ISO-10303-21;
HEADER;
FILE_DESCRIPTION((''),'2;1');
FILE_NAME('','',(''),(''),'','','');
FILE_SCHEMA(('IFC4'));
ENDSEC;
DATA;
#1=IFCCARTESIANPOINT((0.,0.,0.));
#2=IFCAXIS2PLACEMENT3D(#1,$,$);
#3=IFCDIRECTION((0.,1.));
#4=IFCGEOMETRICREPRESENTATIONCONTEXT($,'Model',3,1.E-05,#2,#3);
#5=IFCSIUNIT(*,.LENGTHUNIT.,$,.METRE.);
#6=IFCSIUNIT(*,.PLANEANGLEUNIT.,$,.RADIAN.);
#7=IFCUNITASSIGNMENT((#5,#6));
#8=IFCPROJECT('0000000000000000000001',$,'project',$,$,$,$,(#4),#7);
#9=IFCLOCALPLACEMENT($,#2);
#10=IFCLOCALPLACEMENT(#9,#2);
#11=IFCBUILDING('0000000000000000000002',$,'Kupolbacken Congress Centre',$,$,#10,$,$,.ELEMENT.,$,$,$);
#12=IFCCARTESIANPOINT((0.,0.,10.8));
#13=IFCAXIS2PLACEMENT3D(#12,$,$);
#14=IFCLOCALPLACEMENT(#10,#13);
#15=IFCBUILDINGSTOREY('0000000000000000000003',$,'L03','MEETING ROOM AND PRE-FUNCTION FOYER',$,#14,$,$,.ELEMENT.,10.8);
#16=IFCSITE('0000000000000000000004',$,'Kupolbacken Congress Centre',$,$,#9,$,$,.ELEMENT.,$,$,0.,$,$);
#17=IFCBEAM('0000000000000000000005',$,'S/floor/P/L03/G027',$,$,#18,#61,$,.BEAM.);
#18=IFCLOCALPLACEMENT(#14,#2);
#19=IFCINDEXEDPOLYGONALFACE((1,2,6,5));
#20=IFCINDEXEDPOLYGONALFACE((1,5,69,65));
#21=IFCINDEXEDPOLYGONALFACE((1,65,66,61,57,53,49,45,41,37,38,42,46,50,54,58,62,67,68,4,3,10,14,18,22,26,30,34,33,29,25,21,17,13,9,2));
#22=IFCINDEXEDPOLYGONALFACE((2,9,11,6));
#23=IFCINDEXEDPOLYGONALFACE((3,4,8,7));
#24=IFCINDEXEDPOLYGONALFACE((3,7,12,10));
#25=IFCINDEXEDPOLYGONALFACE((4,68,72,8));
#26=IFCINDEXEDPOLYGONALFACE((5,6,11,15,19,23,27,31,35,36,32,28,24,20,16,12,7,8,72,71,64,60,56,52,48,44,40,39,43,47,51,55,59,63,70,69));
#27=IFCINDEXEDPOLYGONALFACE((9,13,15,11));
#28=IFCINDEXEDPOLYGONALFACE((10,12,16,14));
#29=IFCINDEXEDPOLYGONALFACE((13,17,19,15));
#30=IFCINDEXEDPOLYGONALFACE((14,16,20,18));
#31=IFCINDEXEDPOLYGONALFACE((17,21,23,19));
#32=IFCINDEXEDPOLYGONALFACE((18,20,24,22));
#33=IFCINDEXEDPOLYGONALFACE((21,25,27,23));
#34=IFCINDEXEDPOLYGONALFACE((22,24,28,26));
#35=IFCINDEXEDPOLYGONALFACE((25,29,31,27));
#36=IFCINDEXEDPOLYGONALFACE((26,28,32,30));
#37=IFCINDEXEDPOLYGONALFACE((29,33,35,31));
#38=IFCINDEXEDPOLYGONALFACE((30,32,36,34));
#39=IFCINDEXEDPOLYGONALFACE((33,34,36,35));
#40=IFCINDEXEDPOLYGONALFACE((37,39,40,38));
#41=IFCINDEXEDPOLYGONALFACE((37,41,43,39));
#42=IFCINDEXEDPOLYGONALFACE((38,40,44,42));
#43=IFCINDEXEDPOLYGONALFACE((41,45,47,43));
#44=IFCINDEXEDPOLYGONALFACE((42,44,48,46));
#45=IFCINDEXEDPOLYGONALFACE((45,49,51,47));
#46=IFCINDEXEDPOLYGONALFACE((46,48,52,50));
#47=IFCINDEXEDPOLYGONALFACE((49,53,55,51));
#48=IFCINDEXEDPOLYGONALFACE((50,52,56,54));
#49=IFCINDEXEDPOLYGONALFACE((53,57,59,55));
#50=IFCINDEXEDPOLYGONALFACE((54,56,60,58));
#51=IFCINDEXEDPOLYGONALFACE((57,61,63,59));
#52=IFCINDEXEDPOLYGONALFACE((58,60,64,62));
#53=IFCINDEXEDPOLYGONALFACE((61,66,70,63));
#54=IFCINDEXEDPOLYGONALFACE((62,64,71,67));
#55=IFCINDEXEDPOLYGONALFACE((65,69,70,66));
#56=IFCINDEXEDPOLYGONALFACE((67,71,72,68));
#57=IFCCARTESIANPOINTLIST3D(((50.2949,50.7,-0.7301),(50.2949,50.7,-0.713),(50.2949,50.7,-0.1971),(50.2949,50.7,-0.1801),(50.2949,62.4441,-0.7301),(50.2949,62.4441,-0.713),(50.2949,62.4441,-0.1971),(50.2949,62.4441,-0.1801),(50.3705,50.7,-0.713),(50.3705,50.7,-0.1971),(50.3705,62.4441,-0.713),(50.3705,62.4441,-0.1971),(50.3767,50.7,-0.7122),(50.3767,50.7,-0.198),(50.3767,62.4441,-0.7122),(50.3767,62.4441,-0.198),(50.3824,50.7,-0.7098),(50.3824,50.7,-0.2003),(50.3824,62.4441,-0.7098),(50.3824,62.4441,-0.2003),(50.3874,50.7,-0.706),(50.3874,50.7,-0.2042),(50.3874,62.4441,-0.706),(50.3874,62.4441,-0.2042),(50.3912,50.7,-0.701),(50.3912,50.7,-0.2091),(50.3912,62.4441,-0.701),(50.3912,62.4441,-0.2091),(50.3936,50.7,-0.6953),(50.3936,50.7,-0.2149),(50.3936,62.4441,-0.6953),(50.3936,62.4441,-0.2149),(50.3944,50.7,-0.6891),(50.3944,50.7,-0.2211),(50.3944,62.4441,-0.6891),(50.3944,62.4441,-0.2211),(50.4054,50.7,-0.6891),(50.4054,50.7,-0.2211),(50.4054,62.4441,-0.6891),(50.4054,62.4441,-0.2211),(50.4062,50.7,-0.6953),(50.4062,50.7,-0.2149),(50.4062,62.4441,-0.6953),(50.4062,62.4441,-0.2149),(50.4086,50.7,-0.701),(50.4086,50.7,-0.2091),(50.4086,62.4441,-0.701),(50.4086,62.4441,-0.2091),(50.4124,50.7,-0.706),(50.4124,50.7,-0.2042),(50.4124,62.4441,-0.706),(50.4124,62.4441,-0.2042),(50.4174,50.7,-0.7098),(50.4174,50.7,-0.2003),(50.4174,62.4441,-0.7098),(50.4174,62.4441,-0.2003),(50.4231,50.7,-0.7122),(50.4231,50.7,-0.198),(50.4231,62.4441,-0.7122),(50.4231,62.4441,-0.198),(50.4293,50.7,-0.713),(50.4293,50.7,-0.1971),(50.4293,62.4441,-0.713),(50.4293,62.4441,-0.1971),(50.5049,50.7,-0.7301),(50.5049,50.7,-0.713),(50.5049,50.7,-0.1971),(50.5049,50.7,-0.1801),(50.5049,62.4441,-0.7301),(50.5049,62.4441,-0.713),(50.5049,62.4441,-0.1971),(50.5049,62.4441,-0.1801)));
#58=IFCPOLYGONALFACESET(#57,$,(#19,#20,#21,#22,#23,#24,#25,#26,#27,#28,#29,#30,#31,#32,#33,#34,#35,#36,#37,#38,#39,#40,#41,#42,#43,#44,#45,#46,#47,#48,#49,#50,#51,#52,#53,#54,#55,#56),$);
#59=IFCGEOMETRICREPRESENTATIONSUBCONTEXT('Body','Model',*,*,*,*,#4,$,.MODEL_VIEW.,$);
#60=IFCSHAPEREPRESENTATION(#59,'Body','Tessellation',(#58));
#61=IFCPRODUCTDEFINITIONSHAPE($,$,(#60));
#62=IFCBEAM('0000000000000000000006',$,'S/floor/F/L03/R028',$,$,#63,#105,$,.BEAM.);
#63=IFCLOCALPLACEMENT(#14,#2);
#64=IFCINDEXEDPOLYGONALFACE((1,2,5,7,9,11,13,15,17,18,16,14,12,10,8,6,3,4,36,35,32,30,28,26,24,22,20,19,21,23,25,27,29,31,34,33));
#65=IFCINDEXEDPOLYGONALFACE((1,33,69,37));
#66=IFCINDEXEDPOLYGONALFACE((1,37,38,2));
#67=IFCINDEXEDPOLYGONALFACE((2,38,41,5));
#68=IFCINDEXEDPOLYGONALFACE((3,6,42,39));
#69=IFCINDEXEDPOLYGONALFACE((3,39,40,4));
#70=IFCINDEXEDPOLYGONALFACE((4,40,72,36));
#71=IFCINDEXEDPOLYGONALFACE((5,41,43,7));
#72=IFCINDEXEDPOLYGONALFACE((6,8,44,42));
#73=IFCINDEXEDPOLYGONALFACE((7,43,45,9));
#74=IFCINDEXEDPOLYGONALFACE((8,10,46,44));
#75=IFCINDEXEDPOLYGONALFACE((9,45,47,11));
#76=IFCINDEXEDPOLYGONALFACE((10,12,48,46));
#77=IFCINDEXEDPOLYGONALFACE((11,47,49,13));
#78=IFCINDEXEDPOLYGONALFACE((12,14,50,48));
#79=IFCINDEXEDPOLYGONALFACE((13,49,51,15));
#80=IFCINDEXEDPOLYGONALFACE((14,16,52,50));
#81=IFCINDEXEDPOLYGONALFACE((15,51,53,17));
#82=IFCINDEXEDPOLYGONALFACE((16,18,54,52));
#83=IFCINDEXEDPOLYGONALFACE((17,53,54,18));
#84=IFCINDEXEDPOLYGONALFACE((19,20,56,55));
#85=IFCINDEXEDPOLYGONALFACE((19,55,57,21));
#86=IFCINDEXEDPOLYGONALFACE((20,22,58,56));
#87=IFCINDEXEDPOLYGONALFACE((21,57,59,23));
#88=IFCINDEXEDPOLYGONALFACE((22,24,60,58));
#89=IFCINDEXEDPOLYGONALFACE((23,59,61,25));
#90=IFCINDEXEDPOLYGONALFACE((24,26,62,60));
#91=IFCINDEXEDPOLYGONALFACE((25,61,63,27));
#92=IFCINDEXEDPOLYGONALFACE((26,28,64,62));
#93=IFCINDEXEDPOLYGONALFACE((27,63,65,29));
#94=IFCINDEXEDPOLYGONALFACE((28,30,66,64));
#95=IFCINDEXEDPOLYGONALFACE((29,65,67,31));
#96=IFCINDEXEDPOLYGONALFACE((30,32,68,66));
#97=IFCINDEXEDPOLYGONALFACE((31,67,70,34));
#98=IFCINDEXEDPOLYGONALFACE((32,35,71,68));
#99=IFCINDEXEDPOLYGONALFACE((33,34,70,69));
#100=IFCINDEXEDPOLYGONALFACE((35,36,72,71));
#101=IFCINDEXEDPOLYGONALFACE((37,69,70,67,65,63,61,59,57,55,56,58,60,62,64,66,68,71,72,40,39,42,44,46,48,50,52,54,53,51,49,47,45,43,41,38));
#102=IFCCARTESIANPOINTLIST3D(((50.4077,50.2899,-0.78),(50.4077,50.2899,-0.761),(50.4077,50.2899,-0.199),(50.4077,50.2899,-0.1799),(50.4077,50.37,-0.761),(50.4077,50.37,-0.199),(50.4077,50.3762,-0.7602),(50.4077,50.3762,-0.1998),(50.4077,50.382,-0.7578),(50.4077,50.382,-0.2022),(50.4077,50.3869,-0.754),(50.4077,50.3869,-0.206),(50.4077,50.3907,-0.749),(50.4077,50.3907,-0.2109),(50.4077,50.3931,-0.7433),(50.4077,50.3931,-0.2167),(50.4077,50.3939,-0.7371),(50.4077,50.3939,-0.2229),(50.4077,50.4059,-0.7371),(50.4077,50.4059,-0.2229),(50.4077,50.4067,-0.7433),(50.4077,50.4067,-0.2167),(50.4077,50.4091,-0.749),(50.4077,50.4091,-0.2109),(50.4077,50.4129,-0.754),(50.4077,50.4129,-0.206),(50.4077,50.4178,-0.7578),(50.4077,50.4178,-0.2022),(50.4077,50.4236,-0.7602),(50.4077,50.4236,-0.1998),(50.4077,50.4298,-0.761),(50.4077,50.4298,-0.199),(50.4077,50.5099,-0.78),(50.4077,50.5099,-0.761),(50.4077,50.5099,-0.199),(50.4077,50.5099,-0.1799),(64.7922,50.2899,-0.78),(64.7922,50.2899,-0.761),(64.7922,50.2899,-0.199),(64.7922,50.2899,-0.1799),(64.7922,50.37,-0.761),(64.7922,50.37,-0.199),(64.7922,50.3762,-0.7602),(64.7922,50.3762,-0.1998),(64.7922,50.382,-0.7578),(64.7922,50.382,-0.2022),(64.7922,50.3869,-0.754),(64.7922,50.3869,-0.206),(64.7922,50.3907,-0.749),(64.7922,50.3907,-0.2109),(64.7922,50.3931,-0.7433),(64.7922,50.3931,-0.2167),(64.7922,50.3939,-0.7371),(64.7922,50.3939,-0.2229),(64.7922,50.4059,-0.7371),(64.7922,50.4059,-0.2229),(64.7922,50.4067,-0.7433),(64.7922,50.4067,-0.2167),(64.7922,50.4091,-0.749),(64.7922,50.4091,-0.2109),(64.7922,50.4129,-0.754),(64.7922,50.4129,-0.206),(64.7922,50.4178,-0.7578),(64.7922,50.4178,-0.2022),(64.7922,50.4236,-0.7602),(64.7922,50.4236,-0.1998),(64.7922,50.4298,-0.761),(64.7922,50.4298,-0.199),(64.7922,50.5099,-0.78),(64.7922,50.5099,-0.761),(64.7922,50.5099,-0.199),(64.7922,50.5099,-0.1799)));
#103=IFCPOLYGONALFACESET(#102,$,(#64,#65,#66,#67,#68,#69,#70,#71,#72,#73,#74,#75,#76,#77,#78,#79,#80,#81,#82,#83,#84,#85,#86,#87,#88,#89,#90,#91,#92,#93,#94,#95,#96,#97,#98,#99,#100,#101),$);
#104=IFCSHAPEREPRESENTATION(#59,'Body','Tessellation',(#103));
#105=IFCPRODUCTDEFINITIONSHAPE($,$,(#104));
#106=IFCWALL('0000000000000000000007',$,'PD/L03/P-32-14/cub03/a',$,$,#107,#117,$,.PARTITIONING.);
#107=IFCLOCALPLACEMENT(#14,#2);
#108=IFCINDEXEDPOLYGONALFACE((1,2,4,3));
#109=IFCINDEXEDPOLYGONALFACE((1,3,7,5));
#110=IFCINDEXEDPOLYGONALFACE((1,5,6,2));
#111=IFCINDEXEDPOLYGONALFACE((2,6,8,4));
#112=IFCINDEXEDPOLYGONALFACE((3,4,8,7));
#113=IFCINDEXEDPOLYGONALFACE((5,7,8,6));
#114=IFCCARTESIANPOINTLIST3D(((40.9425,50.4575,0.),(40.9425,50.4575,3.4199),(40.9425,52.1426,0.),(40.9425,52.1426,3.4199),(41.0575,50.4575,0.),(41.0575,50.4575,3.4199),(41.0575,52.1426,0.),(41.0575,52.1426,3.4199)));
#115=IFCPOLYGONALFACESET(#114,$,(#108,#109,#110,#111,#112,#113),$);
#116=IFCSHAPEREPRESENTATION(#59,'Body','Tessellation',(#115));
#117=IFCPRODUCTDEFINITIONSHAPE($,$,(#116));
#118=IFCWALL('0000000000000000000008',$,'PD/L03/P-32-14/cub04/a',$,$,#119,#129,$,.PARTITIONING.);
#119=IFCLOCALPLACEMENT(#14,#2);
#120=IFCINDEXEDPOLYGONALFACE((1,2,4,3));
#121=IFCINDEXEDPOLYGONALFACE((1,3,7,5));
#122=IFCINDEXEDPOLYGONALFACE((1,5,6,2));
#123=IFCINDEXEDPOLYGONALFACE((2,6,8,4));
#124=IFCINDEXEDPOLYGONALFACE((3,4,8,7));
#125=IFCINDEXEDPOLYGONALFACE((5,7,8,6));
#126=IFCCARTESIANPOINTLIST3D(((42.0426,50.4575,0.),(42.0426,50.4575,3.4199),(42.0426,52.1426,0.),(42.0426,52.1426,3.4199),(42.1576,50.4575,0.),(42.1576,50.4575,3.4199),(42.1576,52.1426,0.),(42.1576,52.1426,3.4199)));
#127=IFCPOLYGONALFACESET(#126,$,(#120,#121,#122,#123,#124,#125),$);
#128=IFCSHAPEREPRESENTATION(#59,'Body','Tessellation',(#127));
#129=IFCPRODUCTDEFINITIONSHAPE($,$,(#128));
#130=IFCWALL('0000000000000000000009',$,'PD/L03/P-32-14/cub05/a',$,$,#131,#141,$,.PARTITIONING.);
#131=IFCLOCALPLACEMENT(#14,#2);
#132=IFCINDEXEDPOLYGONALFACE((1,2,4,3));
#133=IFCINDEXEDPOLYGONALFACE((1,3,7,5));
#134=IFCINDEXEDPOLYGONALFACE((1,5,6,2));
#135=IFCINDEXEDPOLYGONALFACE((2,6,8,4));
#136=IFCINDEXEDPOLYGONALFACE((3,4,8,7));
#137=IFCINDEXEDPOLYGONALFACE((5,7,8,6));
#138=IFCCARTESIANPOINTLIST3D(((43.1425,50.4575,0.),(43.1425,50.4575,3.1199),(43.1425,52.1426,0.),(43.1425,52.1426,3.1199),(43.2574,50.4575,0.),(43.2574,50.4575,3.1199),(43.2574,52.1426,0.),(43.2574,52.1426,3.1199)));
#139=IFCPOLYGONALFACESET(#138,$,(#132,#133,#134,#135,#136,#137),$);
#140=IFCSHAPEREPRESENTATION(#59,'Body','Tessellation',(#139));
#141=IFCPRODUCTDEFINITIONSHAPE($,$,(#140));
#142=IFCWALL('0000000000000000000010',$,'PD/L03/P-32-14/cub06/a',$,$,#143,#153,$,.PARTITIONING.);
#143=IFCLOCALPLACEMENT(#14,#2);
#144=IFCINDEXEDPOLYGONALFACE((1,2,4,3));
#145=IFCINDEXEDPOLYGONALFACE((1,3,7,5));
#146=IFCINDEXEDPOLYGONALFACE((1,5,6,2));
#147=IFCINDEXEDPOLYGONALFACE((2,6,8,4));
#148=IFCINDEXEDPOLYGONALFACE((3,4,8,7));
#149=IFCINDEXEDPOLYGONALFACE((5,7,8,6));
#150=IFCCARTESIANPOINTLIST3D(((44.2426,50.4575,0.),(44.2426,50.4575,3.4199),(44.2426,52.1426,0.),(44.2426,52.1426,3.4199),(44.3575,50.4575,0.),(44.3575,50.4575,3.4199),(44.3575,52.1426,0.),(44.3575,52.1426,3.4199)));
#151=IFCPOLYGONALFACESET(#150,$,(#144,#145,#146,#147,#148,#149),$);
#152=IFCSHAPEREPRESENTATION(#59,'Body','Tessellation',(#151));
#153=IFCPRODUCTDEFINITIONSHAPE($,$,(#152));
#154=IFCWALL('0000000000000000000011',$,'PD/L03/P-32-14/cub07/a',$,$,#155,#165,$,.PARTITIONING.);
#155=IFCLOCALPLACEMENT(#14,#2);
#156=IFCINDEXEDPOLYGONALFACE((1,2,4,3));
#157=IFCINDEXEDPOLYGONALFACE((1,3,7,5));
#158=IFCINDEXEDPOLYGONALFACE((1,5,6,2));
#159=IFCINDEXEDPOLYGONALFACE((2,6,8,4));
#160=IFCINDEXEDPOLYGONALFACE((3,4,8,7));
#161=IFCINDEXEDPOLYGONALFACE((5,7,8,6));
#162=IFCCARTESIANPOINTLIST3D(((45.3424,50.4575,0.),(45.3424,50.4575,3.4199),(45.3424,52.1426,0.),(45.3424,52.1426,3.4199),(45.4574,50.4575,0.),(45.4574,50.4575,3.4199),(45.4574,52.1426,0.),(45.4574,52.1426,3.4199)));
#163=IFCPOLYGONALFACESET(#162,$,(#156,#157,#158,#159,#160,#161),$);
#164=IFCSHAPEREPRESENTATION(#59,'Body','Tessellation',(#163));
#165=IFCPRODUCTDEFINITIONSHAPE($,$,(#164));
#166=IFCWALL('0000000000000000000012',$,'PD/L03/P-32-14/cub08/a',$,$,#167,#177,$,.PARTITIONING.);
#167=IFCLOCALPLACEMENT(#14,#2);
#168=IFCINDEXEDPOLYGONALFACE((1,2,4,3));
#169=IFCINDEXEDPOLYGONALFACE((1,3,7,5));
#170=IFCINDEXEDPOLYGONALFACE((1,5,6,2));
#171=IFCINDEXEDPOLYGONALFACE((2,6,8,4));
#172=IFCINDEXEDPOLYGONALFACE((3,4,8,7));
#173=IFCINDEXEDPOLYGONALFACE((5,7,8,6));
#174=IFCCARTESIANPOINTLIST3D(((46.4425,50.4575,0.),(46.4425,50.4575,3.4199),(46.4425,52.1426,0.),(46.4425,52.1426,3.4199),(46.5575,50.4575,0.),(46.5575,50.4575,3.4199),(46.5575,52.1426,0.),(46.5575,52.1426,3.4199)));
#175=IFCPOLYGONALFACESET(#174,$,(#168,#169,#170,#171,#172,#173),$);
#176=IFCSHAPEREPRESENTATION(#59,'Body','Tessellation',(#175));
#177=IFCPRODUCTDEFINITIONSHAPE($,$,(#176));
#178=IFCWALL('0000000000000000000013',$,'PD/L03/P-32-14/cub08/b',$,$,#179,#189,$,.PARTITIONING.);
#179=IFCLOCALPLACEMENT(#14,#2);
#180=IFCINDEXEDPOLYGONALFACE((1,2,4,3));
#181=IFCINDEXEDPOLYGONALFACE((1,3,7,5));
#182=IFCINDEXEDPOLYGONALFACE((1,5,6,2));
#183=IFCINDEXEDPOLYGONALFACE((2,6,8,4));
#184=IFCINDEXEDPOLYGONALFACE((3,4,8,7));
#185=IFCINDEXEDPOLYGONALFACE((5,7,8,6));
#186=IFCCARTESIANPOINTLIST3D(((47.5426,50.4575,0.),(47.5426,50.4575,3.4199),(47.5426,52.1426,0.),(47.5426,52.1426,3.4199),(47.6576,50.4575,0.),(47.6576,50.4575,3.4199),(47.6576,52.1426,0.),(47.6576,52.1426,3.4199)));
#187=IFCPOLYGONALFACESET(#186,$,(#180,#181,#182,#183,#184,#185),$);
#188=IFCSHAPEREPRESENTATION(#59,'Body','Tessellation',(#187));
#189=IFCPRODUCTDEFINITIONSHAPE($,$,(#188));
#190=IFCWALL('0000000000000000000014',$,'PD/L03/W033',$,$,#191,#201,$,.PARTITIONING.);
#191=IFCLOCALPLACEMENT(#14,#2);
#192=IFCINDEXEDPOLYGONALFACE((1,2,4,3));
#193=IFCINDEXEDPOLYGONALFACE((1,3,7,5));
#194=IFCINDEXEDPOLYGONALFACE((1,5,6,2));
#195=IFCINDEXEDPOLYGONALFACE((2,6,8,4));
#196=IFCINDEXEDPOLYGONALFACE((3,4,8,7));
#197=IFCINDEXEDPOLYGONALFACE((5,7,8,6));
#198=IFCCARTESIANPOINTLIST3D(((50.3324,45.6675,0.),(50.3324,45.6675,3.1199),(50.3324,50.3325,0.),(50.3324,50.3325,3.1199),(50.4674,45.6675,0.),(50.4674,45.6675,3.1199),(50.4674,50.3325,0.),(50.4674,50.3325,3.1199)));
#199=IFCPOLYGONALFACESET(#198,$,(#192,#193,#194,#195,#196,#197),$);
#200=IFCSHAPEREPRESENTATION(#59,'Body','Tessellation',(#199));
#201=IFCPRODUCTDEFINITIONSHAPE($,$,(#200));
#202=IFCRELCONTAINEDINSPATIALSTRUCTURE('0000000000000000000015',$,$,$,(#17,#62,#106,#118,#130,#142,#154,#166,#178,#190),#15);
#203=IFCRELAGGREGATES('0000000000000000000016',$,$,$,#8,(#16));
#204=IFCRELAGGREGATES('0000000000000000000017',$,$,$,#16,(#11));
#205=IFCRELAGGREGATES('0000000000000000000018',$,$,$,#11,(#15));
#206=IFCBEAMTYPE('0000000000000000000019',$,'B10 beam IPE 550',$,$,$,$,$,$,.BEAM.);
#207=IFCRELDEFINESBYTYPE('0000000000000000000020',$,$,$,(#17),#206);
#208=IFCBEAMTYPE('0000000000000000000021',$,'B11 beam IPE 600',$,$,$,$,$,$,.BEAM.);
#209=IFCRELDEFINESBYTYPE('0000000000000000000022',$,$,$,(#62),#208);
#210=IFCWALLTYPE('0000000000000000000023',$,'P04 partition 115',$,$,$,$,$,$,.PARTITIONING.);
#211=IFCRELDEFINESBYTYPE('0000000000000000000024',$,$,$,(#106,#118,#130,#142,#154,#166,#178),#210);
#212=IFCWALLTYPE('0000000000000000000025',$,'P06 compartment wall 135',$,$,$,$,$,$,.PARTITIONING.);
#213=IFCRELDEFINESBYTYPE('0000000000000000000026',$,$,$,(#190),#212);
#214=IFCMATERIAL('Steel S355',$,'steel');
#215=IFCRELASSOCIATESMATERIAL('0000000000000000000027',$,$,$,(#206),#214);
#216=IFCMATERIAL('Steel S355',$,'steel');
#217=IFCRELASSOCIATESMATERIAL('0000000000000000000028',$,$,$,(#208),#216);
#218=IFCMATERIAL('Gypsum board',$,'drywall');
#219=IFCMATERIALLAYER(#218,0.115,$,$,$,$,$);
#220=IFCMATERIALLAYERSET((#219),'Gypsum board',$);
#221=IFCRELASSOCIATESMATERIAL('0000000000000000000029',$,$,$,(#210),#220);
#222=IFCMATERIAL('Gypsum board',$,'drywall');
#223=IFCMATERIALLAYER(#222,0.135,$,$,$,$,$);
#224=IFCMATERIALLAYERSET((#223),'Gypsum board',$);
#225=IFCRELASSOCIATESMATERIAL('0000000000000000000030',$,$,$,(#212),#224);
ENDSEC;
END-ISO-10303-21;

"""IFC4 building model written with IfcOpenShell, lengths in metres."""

from ifc_helpers import new_model, si_unit, direction, frame, frame_2d, origin, origin_2d, place, context, subcontext, project, spatial, rectangle, i_section, extrude, material, layer, layer_set, material_profile, profile_set, type_object, element, save


model = new_model("IFC4")

# Units and contexts
model_context = context("Model", 3, precision=1e-05, world=origin(), true_north=direction((0.0, 1.0)))
body_context = subcontext(model_context, "Body", "Model", "MODEL_VIEW")
ifc_project = project(units=[si_unit("LENGTHUNIT", "METRE"), si_unit("PLANEANGLEUNIT", "RADIAN")], contexts=[model_context])

# Site, building, storey
site_placement = place(None, origin())
site = spatial("IfcSite", under=ifc_project, at=site_placement, Name="Kupolbacken Congress Centre", CompositionType="ELEMENT", RefElevation=0.0)
building_placement = place(site_placement, origin())
building = spatial("IfcBuilding", under=site, at=building_placement, Name="Kupolbacken Congress Centre", CompositionType="ELEMENT")
storey_placement = place(building_placement, frame((0.0, 0.0, 10.8)))
storey = spatial("IfcBuildingStorey", under=building, at=storey_placement, Name="L03", Description="MEETING ROOM AND PRE-FUNCTION FOYER", CompositionType="ELEMENT", Elevation=10.8)

# Beams
ifc_material_1 = material(Name="Steel S355", Category="steel")
ifc_material_profile_1 = material_profile(ifc_material_1, i_section(OverallWidth=0.21, OverallDepth=0.55, WebThickness=0.011, FlangeThickness=0.0171, FilletRadius=0.0239, at=origin_2d()), Name="IPE 550")
ifc_profile_set_1 = profile_set([ifc_material_profile_1], Name="Steel S355")
beam_type_1 = type_object("IfcBeamType", Name="B10 beam IPE 550", PredefinedType="BEAM", material=ifc_profile_set_1)
beam_1_placement = place(storey_placement, frame((50.3999, 50.7, -0.4551), z_axis=(0.0, 1.0, 0.0), x_axis=(-1.0, 0.0, 0.0)))
element("IfcBeam", 1, at=beam_1_placement, inside=storey, type_object=beam_type_1, Name="S/floor/P/L03/G027", PredefinedType="BEAM", context=body_context, shape_type="SweptSolid", body=[
    extrude(i_section(OverallWidth=0.21, OverallDepth=0.55, WebThickness=0.011, FlangeThickness=0.0171, FilletRadius=0.0239, at=origin_2d()), origin(), (0.0, 0.0, 1.0), 11.7441),
])
ifc_material_2 = material(Name="Steel S355", Category="steel")
ifc_material_profile_2 = material_profile(ifc_material_2, i_section(OverallWidth=0.22, OverallDepth=0.6001, WebThickness=0.012, FlangeThickness=0.019, FilletRadius=0.0239, at=origin_2d()), Name="IPE 600")
ifc_profile_set_2 = profile_set([ifc_material_profile_2], Name="Steel S355")
beam_type_2 = type_object("IfcBeamType", Name="B11 beam IPE 600", PredefinedType="BEAM", material=ifc_profile_set_2)
beam_2_placement = place(storey_placement, frame((50.4077, 50.3999, -0.48), z_axis=(1.0, 0.0, 0.0), x_axis=(0.0, 1.0, 0.0)))
element("IfcBeam", 2, at=beam_2_placement, inside=storey, type_object=beam_type_2, Name="S/floor/F/L03/R028", PredefinedType="BEAM", context=body_context, shape_type="SweptSolid", body=[
    extrude(i_section(OverallWidth=0.22, OverallDepth=0.6001, WebThickness=0.012, FlangeThickness=0.019, FilletRadius=0.0239, at=origin_2d()), origin(), (0.0, 0.0, 1.0), 14.3845),
])

# Walls
ifc_material_3 = material(Name="Gypsum board", Category="drywall")
ifc_layer_1 = layer(ifc_material_3, 0.115)
ifc_layer_set_1 = layer_set([ifc_layer_1], Name="Gypsum board")
wall_type_1 = type_object("IfcWallType", Name="P04 partition 115", PredefinedType="PARTITIONING", material=ifc_layer_set_1)
for number, where, z_axis, x_axis, name in (
    (3, (41.0, 50.4575, 0.0), (0.0, 0.0, 1.0), (0.0, 1.0, 0.0), "PD/L03/P-32-14/cub03/a"),
    (4, (42.1001, 50.4575, 0.0), (0.0, 0.0, 1.0), (0.0, 1.0, 0.0), "PD/L03/P-32-14/cub04/a"),
):
    element("IfcWall", number, at=place(storey_placement, frame(where, z_axis=z_axis, x_axis=x_axis)), inside=storey, type_object=wall_type_1, Name=name, PredefinedType="PARTITIONING", context=body_context, shape_type="SweptSolid", body=[
        extrude(rectangle(XDim=1.6851, YDim=0.115, at=frame_2d((0.8425, 0.0))), origin(), (0.0, 0.0, 1.0), 3.4199),
    ])
wall_1_placement = place(storey_placement, frame((43.2, 50.4575, 0.0), z_axis=(0.0, 0.0, 1.0), x_axis=(0.0, 1.0, 0.0)))
element("IfcWall", 5, at=wall_1_placement, inside=storey, type_object=wall_type_1, Name="PD/L03/P-32-14/cub05/a", PredefinedType="PARTITIONING", context=body_context, shape_type="SweptSolid", body=[
    extrude(rectangle(XDim=1.6851, YDim=0.115, at=frame_2d((0.8425, 0.0))), origin(), (0.0, 0.0, 1.0), 3.1199),
])
for number, where, z_axis, x_axis, name in (
    (6, (44.3, 50.4575, 0.0), (0.0, 0.0, 1.0), (0.0, 1.0, 0.0), "PD/L03/P-32-14/cub06/a"),
    (7, (45.3999, 50.4575, 0.0), (0.0, 0.0, 1.0), (0.0, 1.0, 0.0), "PD/L03/P-32-14/cub07/a"),
    (8, (46.5, 50.4575, 0.0), (0.0, 0.0, 1.0), (0.0, 1.0, 0.0), "PD/L03/P-32-14/cub08/a"),
    (9, (47.6001, 50.4575, 0.0), (0.0, 0.0, 1.0), (0.0, 1.0, 0.0), "PD/L03/P-32-14/cub08/b"),
):
    element("IfcWall", number, at=place(storey_placement, frame(where, z_axis=z_axis, x_axis=x_axis)), inside=storey, type_object=wall_type_1, Name=name, PredefinedType="PARTITIONING", context=body_context, shape_type="SweptSolid", body=[
        extrude(rectangle(XDim=1.6851, YDim=0.115, at=frame_2d((0.8425, 0.0))), origin(), (0.0, 0.0, 1.0), 3.4199),
    ])
ifc_material_4 = material(Name="Gypsum board", Category="drywall")
ifc_layer_2 = layer(ifc_material_4, 0.135)
ifc_layer_set_2 = layer_set([ifc_layer_2], Name="Gypsum board")
wall_type_2 = type_object("IfcWallType", Name="P06 compartment wall 135", PredefinedType="PARTITIONING", material=ifc_layer_set_2)
wall_2_placement = place(storey_placement, frame((50.3999, 50.3325, 0.0), z_axis=(0.0, 0.0, 1.0), x_axis=(0.0, -1.0, 0.0)))
element("IfcWall", 10, at=wall_2_placement, inside=storey, type_object=wall_type_2, Name="PD/L03/W033", PredefinedType="PARTITIONING", context=body_context, shape_type="SweptSolid", body=[
    extrude(rectangle(XDim=4.665, YDim=0.135, at=frame_2d((2.3325, 0.0))), origin(), (0.0, 0.0, 1.0), 3.1199),
])

save(model, "model.ifc")
